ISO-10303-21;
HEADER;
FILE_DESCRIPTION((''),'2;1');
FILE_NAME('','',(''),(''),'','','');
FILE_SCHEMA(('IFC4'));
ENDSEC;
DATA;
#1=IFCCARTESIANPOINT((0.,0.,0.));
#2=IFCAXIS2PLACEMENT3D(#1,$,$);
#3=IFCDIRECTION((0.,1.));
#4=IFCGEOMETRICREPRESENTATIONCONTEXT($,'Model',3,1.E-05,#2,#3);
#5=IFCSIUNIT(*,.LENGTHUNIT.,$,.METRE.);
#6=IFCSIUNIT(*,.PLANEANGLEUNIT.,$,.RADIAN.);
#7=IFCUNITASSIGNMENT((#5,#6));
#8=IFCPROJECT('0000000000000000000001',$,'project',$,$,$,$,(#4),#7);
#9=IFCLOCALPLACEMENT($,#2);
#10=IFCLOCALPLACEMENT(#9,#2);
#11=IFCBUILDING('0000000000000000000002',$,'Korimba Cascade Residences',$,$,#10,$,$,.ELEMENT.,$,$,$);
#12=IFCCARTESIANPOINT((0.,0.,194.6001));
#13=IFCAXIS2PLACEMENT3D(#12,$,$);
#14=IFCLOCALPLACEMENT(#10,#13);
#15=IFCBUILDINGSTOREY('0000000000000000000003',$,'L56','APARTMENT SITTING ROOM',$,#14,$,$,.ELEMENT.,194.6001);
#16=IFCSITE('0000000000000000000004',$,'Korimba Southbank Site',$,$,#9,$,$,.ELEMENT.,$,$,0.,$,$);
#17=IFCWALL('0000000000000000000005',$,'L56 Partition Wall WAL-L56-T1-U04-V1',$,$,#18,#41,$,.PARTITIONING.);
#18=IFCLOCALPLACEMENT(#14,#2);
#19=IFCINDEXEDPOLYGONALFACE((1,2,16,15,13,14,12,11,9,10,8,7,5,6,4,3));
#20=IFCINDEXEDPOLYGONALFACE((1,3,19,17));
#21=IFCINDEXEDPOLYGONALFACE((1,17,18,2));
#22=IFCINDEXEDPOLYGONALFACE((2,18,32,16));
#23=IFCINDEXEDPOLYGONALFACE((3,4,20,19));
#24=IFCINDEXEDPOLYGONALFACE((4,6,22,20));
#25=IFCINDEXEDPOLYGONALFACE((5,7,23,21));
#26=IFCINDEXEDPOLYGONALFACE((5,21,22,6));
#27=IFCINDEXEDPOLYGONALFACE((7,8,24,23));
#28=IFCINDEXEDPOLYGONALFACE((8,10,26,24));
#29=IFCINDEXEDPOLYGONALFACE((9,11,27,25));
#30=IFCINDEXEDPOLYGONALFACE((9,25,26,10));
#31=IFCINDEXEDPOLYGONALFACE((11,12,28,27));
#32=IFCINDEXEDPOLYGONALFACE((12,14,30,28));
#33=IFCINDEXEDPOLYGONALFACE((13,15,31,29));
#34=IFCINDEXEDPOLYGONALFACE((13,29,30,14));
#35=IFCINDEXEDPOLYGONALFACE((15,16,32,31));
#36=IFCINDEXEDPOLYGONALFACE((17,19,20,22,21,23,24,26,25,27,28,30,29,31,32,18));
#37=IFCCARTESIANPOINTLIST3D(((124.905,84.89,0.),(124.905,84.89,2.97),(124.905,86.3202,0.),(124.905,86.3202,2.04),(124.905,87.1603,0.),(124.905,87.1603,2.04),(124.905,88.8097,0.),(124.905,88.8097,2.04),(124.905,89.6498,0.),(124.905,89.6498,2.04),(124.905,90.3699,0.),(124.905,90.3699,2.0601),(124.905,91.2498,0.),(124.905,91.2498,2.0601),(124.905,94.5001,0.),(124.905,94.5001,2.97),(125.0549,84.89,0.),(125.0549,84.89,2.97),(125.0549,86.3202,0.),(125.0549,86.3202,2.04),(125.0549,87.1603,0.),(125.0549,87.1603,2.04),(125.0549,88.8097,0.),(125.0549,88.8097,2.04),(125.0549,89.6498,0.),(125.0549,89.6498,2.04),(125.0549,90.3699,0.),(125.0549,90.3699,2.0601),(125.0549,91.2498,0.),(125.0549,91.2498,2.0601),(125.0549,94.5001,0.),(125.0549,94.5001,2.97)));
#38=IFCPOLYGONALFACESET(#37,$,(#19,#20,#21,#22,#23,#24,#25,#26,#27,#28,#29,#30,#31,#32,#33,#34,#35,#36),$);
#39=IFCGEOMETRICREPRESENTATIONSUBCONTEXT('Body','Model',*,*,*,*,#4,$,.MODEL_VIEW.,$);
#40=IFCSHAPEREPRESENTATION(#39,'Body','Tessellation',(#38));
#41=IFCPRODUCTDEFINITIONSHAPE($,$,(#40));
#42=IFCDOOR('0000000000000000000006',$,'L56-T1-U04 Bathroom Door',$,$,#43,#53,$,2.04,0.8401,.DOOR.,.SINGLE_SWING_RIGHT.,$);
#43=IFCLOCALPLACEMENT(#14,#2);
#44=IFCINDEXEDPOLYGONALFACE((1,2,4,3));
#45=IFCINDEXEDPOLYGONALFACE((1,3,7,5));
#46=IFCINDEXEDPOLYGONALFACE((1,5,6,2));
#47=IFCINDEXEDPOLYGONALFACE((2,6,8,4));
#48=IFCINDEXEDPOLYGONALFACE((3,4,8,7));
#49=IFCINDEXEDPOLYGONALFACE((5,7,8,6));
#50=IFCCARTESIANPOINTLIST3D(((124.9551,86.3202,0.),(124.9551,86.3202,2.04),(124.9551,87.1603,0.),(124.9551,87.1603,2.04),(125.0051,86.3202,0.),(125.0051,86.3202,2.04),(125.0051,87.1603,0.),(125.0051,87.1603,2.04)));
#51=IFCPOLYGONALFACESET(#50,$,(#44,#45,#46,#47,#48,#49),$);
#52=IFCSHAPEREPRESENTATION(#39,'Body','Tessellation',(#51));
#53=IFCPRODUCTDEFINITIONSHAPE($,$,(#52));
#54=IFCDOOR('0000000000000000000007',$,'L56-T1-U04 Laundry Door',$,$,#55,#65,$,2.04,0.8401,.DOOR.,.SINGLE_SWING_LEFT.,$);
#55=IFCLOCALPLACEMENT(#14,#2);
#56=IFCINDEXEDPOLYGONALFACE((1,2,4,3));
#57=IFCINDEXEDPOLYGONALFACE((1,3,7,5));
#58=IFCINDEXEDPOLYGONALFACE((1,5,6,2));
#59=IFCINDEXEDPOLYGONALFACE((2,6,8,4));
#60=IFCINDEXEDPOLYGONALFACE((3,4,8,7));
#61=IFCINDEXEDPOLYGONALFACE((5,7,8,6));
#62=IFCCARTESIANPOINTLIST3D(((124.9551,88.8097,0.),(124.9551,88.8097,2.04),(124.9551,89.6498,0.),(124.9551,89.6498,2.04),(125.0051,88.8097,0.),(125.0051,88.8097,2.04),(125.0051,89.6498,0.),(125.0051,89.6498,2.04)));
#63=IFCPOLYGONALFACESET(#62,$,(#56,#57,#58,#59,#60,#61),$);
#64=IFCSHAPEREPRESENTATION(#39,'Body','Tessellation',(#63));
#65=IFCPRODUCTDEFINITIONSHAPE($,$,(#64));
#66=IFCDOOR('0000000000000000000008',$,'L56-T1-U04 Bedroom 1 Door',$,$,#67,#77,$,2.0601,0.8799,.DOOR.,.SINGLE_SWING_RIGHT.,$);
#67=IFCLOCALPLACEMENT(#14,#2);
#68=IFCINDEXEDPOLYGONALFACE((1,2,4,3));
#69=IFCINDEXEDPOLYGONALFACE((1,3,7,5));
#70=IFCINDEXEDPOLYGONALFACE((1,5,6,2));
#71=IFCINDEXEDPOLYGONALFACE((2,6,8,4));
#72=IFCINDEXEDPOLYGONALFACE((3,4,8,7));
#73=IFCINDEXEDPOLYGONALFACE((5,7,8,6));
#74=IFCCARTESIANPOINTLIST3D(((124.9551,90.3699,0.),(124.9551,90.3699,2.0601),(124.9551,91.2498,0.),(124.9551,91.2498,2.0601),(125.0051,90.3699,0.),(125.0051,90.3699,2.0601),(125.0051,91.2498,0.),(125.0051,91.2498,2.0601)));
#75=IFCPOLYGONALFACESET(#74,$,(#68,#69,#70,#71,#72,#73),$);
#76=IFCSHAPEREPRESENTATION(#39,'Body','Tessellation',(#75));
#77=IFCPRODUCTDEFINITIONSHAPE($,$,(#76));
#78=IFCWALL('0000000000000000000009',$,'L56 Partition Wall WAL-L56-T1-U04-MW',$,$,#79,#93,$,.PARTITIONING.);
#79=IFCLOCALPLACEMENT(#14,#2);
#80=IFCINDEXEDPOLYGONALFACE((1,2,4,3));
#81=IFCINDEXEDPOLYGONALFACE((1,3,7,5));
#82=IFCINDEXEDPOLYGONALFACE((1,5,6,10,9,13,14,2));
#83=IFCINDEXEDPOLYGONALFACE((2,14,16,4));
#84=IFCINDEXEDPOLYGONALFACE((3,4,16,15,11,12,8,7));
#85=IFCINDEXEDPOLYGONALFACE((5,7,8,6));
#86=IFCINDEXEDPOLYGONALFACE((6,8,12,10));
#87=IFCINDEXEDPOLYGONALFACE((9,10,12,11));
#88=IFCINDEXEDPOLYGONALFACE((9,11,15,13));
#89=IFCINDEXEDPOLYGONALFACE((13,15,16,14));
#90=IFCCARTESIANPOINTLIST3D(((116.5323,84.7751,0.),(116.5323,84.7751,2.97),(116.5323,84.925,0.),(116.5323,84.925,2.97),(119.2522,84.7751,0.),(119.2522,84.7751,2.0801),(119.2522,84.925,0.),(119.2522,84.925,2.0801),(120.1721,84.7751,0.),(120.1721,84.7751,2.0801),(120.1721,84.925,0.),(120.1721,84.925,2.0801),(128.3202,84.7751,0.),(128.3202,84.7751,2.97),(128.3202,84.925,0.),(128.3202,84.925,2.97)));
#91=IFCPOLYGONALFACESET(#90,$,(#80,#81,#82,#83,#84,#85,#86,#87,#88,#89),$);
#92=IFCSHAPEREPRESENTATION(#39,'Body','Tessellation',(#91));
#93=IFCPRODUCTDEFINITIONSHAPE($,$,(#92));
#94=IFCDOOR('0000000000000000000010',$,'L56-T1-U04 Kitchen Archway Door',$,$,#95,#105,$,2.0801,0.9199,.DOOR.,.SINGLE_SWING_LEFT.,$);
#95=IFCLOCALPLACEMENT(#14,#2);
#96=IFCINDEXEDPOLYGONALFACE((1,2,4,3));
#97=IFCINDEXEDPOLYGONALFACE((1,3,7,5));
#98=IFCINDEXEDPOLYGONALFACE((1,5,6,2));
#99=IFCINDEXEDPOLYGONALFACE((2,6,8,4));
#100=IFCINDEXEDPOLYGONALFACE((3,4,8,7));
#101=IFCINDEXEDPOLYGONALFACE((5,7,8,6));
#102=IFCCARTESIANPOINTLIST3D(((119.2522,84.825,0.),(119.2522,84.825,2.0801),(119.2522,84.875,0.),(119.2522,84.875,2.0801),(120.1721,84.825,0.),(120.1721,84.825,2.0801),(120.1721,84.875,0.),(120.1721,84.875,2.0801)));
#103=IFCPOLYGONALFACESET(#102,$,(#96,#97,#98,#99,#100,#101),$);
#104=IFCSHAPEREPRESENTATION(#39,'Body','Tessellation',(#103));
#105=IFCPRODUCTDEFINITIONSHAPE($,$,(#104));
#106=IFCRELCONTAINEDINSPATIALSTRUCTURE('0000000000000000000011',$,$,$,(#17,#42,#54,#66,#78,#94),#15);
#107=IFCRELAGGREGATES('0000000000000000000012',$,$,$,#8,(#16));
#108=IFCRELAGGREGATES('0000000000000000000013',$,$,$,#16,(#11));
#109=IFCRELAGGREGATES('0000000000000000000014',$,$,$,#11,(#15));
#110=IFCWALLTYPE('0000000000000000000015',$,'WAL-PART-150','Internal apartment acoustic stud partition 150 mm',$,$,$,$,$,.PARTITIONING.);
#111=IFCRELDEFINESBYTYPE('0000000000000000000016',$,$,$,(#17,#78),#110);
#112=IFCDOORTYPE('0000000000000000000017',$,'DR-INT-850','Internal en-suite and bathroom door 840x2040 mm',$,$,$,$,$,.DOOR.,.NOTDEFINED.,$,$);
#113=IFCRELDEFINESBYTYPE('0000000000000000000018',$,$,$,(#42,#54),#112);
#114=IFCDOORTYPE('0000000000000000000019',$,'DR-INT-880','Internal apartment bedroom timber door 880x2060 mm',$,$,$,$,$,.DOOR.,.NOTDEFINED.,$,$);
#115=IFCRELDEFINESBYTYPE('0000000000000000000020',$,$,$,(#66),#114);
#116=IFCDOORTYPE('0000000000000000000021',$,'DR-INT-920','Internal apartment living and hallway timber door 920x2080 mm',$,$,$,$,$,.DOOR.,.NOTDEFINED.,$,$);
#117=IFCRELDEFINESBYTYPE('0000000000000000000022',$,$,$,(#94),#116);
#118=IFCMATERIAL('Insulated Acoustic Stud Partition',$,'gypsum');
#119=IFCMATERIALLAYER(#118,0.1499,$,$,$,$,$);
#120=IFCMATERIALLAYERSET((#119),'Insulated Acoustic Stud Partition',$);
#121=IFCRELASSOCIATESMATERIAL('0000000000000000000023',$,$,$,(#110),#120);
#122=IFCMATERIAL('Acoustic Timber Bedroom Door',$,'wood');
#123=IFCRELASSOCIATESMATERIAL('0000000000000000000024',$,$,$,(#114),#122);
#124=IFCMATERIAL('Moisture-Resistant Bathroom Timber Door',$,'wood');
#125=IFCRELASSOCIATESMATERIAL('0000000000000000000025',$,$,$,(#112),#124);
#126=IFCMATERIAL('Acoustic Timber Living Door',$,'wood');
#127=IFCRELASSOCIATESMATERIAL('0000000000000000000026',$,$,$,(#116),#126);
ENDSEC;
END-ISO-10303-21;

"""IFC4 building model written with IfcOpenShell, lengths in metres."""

from ifc_helpers import new_model, si_unit, direction, frame, frame_2d, origin, place, context, subcontext, project, spatial, rectangle, extrude, material, layer, layer_set, type_object, element, fill, save


model = new_model("IFC4")

# Units and contexts
model_context = context("Model", 3, precision=1e-05, world=origin(), true_north=direction((0.0, 1.0)))
body_context = subcontext(model_context, "Body", "Model", "MODEL_VIEW")
ifc_project = project(units=[si_unit("LENGTHUNIT", "METRE"), si_unit("PLANEANGLEUNIT", "RADIAN")], contexts=[model_context])

# Site, building, storey
site_placement = place(None, origin())
site = spatial("IfcSite", under=ifc_project, at=site_placement, Name="Korimba Southbank Site", CompositionType="ELEMENT", RefElevation=0.0)
building_placement = place(site_placement, origin())
building = spatial("IfcBuilding", under=site, at=building_placement, Name="Korimba Cascade Residences", CompositionType="ELEMENT")
storey_placement = place(building_placement, frame((0.0, 0.0, 194.6001)))
storey = spatial("IfcBuildingStorey", under=building, at=storey_placement, Name="L56", Description="APARTMENT SITTING ROOM", CompositionType="ELEMENT", Elevation=194.6001)

# Shared definitions
ifc_material_1 = material(Name="Insulated Acoustic Stud Partition", Category="gypsum")
ifc_layer_1 = layer(ifc_material_1, 0.1499)
ifc_layer_set_1 = layer_set([ifc_layer_1], Name="Insulated Acoustic Stud Partition")
wall_type_1 = type_object("IfcWallType", Name="WAL-PART-150", Description="Internal apartment acoustic stud partition 150 mm", PredefinedType="PARTITIONING", material=ifc_layer_set_1)
ifc_material_2 = material(Name="Acoustic Timber Bedroom Door", Category="wood")
door_type_1 = type_object("IfcDoorType", Name="DR-INT-880", Description="Internal apartment bedroom timber door 880x2060 mm", OperationType="NOTDEFINED", PredefinedType="DOOR", material=ifc_material_2)

# Wall, openings, doors
wall_1_placement = place(storey_placement, frame((124.98, 84.8899, 0.0), z_axis=(0.0, 0.0, 1.0), x_axis=(0.0, 1.0, 0.0)))
wall_1 = element("IfcWall", 1, at=wall_1_placement, inside=storey, type_object=wall_type_1, Name="L56 Partition Wall WAL-L56-T1-U04-V1", PredefinedType="PARTITIONING", context=body_context, shape_type="SweptSolid", body=[
    extrude(rectangle(XDim=9.6101, YDim=0.1499, at=frame_2d((4.8052, 0.0))), origin(), (0.0, 0.0, 1.0), 2.97),
])
opening_1_placement = place(wall_1_placement, frame((1.4304, 0.0, 0.0)))
opening_1 = element("IfcOpeningElement", 2, at=opening_1_placement, cuts=wall_1, PredefinedType="OPENING", context=body_context, shape_type="SweptSolid", body=[
    extrude(rectangle(XDim=0.8401, YDim=2.04, at=frame_2d((0.4199, 1.02))), frame((0.0, 0.085, 0.0), z_axis=(0.0, -1.0, 0.0), x_axis=(1.0, 0.0, 0.0)), (0.0, 0.0, 1.0), 0.1699),
])
opening_2_placement = place(wall_1_placement, frame((3.9199, 0.0, 0.0)))
opening_2 = element("IfcOpeningElement", 3, at=opening_2_placement, cuts=wall_1, PredefinedType="OPENING", context=body_context, shape_type="SweptSolid", body=[
    extrude(rectangle(XDim=0.8401, YDim=2.04, at=frame_2d((0.4199, 1.02))), frame((0.0, 0.085, 0.0), z_axis=(0.0, -1.0, 0.0), x_axis=(1.0, 0.0, 0.0)), (0.0, 0.0, 1.0), 0.1699),
])
opening_3_placement = place(wall_1_placement, frame((5.48, 0.0, 0.0)))
opening_3 = element("IfcOpeningElement", 4, at=opening_3_placement, cuts=wall_1, PredefinedType="OPENING", context=body_context, shape_type="SweptSolid", body=[
    extrude(rectangle(XDim=0.8799, YDim=2.0601, at=frame_2d((0.4399, 1.03))), frame((0.0, 0.085, 0.0), z_axis=(0.0, -1.0, 0.0), x_axis=(1.0, 0.0, 0.0)), (0.0, 0.0, 1.0), 0.1699),
])
ifc_material_3 = material(Name="Moisture-Resistant Bathroom Timber Door", Category="wood")
door_type_2 = type_object("IfcDoorType", Name="DR-INT-850", Description="Internal en-suite and bathroom door 840x2040 mm", OperationType="NOTDEFINED", PredefinedType="DOOR", material=ifc_material_3)
door_1_placement = place(opening_1_placement, origin())
door_1 = element("IfcDoor", 5, at=door_1_placement, inside=storey, type_object=door_type_2, Name="L56-T1-U04 Bathroom Door", OperationType="SINGLE_SWING_RIGHT", OverallHeight=2.04, OverallWidth=0.8401, PredefinedType="DOOR", context=body_context, shape_type="SweptSolid", body=[
    extrude(rectangle(XDim=0.8401, YDim=2.04, at=frame_2d((0.4199, 1.02))), frame((0.0, 0.0249, 0.0), z_axis=(0.0, -1.0, 0.0), x_axis=(1.0, 0.0, 0.0)), (0.0, 0.0, 1.0), 0.05),
])
fill(opening_1, door_1)
door_2_placement = place(opening_2_placement, origin())
door_2 = element("IfcDoor", 6, at=door_2_placement, inside=storey, type_object=door_type_2, Name="L56-T1-U04 Laundry Door", OperationType="SINGLE_SWING_LEFT", OverallHeight=2.04, OverallWidth=0.8401, PredefinedType="DOOR", context=body_context, shape_type="SweptSolid", body=[
    extrude(rectangle(XDim=0.8401, YDim=2.04, at=frame_2d((0.4199, 1.02))), frame((0.0, 0.0249, 0.0), z_axis=(0.0, -1.0, 0.0), x_axis=(1.0, 0.0, 0.0)), (0.0, 0.0, 1.0), 0.05),
])
fill(opening_2, door_2)
door_3_placement = place(opening_3_placement, origin())
door_3 = element("IfcDoor", 7, at=door_3_placement, inside=storey, type_object=door_type_1, Name="L56-T1-U04 Bedroom 1 Door", OperationType="SINGLE_SWING_RIGHT", OverallHeight=2.0601, OverallWidth=0.8799, PredefinedType="DOOR", context=body_context, shape_type="SweptSolid", body=[
    extrude(rectangle(XDim=0.8799, YDim=2.0601, at=frame_2d((0.4399, 1.03))), frame((0.0, 0.0249, 0.0), z_axis=(0.0, -1.0, 0.0), x_axis=(1.0, 0.0, 0.0)), (0.0, 0.0, 1.0), 0.05),
])
fill(opening_3, door_3)

# Wall, opening, door
wall_2_placement = place(storey_placement, frame((116.5322, 84.8501, 0.0), z_axis=(0.0, 0.0, 1.0), x_axis=(1.0, 0.0, 0.0)))
wall_2 = element("IfcWall", 8, at=wall_2_placement, inside=storey, type_object=wall_type_1, Name="L56 Partition Wall WAL-L56-T1-U04-MW", PredefinedType="PARTITIONING", context=body_context, shape_type="SweptSolid", body=[
    extrude(rectangle(XDim=11.7878, YDim=0.1499, at=frame_2d((5.894, 0.0))), origin(), (0.0, 0.0, 1.0), 2.97),
])
opening_4_placement = place(wall_2_placement, frame((2.72, 0.0, 0.0)))
opening_4 = element("IfcOpeningElement", 9, at=opening_4_placement, cuts=wall_2, PredefinedType="OPENING", context=body_context, shape_type="SweptSolid", body=[
    extrude(rectangle(XDim=0.9199, YDim=2.0801, at=frame_2d((0.46, 1.04))), frame((0.0, 0.085, 0.0), z_axis=(0.0, -1.0, 0.0), x_axis=(1.0, 0.0, 0.0)), (0.0, 0.0, 1.0), 0.1699),
])
ifc_material_4 = material(Name="Acoustic Timber Living Door", Category="wood")
door_type_3 = type_object("IfcDoorType", Name="DR-INT-920", Description="Internal apartment living and hallway timber door 920x2080 mm", OperationType="NOTDEFINED", PredefinedType="DOOR", material=ifc_material_4)
door_4_placement = place(opening_4_placement, origin())
door_4 = element("IfcDoor", 10, at=door_4_placement, inside=storey, type_object=door_type_3, Name="L56-T1-U04 Kitchen Archway Door", OperationType="SINGLE_SWING_LEFT", OverallHeight=2.0801, OverallWidth=0.9199, PredefinedType="DOOR", context=body_context, shape_type="SweptSolid", body=[
    extrude(rectangle(XDim=0.9199, YDim=2.0801, at=frame_2d((0.46, 1.04))), frame((0.0, 0.0249, 0.0), z_axis=(0.0, -1.0, 0.0), x_axis=(1.0, 0.0, 0.0)), (0.0, 0.0, 1.0), 0.05),
])
fill(opening_4, door_4)

save(model, "model.ifc")
